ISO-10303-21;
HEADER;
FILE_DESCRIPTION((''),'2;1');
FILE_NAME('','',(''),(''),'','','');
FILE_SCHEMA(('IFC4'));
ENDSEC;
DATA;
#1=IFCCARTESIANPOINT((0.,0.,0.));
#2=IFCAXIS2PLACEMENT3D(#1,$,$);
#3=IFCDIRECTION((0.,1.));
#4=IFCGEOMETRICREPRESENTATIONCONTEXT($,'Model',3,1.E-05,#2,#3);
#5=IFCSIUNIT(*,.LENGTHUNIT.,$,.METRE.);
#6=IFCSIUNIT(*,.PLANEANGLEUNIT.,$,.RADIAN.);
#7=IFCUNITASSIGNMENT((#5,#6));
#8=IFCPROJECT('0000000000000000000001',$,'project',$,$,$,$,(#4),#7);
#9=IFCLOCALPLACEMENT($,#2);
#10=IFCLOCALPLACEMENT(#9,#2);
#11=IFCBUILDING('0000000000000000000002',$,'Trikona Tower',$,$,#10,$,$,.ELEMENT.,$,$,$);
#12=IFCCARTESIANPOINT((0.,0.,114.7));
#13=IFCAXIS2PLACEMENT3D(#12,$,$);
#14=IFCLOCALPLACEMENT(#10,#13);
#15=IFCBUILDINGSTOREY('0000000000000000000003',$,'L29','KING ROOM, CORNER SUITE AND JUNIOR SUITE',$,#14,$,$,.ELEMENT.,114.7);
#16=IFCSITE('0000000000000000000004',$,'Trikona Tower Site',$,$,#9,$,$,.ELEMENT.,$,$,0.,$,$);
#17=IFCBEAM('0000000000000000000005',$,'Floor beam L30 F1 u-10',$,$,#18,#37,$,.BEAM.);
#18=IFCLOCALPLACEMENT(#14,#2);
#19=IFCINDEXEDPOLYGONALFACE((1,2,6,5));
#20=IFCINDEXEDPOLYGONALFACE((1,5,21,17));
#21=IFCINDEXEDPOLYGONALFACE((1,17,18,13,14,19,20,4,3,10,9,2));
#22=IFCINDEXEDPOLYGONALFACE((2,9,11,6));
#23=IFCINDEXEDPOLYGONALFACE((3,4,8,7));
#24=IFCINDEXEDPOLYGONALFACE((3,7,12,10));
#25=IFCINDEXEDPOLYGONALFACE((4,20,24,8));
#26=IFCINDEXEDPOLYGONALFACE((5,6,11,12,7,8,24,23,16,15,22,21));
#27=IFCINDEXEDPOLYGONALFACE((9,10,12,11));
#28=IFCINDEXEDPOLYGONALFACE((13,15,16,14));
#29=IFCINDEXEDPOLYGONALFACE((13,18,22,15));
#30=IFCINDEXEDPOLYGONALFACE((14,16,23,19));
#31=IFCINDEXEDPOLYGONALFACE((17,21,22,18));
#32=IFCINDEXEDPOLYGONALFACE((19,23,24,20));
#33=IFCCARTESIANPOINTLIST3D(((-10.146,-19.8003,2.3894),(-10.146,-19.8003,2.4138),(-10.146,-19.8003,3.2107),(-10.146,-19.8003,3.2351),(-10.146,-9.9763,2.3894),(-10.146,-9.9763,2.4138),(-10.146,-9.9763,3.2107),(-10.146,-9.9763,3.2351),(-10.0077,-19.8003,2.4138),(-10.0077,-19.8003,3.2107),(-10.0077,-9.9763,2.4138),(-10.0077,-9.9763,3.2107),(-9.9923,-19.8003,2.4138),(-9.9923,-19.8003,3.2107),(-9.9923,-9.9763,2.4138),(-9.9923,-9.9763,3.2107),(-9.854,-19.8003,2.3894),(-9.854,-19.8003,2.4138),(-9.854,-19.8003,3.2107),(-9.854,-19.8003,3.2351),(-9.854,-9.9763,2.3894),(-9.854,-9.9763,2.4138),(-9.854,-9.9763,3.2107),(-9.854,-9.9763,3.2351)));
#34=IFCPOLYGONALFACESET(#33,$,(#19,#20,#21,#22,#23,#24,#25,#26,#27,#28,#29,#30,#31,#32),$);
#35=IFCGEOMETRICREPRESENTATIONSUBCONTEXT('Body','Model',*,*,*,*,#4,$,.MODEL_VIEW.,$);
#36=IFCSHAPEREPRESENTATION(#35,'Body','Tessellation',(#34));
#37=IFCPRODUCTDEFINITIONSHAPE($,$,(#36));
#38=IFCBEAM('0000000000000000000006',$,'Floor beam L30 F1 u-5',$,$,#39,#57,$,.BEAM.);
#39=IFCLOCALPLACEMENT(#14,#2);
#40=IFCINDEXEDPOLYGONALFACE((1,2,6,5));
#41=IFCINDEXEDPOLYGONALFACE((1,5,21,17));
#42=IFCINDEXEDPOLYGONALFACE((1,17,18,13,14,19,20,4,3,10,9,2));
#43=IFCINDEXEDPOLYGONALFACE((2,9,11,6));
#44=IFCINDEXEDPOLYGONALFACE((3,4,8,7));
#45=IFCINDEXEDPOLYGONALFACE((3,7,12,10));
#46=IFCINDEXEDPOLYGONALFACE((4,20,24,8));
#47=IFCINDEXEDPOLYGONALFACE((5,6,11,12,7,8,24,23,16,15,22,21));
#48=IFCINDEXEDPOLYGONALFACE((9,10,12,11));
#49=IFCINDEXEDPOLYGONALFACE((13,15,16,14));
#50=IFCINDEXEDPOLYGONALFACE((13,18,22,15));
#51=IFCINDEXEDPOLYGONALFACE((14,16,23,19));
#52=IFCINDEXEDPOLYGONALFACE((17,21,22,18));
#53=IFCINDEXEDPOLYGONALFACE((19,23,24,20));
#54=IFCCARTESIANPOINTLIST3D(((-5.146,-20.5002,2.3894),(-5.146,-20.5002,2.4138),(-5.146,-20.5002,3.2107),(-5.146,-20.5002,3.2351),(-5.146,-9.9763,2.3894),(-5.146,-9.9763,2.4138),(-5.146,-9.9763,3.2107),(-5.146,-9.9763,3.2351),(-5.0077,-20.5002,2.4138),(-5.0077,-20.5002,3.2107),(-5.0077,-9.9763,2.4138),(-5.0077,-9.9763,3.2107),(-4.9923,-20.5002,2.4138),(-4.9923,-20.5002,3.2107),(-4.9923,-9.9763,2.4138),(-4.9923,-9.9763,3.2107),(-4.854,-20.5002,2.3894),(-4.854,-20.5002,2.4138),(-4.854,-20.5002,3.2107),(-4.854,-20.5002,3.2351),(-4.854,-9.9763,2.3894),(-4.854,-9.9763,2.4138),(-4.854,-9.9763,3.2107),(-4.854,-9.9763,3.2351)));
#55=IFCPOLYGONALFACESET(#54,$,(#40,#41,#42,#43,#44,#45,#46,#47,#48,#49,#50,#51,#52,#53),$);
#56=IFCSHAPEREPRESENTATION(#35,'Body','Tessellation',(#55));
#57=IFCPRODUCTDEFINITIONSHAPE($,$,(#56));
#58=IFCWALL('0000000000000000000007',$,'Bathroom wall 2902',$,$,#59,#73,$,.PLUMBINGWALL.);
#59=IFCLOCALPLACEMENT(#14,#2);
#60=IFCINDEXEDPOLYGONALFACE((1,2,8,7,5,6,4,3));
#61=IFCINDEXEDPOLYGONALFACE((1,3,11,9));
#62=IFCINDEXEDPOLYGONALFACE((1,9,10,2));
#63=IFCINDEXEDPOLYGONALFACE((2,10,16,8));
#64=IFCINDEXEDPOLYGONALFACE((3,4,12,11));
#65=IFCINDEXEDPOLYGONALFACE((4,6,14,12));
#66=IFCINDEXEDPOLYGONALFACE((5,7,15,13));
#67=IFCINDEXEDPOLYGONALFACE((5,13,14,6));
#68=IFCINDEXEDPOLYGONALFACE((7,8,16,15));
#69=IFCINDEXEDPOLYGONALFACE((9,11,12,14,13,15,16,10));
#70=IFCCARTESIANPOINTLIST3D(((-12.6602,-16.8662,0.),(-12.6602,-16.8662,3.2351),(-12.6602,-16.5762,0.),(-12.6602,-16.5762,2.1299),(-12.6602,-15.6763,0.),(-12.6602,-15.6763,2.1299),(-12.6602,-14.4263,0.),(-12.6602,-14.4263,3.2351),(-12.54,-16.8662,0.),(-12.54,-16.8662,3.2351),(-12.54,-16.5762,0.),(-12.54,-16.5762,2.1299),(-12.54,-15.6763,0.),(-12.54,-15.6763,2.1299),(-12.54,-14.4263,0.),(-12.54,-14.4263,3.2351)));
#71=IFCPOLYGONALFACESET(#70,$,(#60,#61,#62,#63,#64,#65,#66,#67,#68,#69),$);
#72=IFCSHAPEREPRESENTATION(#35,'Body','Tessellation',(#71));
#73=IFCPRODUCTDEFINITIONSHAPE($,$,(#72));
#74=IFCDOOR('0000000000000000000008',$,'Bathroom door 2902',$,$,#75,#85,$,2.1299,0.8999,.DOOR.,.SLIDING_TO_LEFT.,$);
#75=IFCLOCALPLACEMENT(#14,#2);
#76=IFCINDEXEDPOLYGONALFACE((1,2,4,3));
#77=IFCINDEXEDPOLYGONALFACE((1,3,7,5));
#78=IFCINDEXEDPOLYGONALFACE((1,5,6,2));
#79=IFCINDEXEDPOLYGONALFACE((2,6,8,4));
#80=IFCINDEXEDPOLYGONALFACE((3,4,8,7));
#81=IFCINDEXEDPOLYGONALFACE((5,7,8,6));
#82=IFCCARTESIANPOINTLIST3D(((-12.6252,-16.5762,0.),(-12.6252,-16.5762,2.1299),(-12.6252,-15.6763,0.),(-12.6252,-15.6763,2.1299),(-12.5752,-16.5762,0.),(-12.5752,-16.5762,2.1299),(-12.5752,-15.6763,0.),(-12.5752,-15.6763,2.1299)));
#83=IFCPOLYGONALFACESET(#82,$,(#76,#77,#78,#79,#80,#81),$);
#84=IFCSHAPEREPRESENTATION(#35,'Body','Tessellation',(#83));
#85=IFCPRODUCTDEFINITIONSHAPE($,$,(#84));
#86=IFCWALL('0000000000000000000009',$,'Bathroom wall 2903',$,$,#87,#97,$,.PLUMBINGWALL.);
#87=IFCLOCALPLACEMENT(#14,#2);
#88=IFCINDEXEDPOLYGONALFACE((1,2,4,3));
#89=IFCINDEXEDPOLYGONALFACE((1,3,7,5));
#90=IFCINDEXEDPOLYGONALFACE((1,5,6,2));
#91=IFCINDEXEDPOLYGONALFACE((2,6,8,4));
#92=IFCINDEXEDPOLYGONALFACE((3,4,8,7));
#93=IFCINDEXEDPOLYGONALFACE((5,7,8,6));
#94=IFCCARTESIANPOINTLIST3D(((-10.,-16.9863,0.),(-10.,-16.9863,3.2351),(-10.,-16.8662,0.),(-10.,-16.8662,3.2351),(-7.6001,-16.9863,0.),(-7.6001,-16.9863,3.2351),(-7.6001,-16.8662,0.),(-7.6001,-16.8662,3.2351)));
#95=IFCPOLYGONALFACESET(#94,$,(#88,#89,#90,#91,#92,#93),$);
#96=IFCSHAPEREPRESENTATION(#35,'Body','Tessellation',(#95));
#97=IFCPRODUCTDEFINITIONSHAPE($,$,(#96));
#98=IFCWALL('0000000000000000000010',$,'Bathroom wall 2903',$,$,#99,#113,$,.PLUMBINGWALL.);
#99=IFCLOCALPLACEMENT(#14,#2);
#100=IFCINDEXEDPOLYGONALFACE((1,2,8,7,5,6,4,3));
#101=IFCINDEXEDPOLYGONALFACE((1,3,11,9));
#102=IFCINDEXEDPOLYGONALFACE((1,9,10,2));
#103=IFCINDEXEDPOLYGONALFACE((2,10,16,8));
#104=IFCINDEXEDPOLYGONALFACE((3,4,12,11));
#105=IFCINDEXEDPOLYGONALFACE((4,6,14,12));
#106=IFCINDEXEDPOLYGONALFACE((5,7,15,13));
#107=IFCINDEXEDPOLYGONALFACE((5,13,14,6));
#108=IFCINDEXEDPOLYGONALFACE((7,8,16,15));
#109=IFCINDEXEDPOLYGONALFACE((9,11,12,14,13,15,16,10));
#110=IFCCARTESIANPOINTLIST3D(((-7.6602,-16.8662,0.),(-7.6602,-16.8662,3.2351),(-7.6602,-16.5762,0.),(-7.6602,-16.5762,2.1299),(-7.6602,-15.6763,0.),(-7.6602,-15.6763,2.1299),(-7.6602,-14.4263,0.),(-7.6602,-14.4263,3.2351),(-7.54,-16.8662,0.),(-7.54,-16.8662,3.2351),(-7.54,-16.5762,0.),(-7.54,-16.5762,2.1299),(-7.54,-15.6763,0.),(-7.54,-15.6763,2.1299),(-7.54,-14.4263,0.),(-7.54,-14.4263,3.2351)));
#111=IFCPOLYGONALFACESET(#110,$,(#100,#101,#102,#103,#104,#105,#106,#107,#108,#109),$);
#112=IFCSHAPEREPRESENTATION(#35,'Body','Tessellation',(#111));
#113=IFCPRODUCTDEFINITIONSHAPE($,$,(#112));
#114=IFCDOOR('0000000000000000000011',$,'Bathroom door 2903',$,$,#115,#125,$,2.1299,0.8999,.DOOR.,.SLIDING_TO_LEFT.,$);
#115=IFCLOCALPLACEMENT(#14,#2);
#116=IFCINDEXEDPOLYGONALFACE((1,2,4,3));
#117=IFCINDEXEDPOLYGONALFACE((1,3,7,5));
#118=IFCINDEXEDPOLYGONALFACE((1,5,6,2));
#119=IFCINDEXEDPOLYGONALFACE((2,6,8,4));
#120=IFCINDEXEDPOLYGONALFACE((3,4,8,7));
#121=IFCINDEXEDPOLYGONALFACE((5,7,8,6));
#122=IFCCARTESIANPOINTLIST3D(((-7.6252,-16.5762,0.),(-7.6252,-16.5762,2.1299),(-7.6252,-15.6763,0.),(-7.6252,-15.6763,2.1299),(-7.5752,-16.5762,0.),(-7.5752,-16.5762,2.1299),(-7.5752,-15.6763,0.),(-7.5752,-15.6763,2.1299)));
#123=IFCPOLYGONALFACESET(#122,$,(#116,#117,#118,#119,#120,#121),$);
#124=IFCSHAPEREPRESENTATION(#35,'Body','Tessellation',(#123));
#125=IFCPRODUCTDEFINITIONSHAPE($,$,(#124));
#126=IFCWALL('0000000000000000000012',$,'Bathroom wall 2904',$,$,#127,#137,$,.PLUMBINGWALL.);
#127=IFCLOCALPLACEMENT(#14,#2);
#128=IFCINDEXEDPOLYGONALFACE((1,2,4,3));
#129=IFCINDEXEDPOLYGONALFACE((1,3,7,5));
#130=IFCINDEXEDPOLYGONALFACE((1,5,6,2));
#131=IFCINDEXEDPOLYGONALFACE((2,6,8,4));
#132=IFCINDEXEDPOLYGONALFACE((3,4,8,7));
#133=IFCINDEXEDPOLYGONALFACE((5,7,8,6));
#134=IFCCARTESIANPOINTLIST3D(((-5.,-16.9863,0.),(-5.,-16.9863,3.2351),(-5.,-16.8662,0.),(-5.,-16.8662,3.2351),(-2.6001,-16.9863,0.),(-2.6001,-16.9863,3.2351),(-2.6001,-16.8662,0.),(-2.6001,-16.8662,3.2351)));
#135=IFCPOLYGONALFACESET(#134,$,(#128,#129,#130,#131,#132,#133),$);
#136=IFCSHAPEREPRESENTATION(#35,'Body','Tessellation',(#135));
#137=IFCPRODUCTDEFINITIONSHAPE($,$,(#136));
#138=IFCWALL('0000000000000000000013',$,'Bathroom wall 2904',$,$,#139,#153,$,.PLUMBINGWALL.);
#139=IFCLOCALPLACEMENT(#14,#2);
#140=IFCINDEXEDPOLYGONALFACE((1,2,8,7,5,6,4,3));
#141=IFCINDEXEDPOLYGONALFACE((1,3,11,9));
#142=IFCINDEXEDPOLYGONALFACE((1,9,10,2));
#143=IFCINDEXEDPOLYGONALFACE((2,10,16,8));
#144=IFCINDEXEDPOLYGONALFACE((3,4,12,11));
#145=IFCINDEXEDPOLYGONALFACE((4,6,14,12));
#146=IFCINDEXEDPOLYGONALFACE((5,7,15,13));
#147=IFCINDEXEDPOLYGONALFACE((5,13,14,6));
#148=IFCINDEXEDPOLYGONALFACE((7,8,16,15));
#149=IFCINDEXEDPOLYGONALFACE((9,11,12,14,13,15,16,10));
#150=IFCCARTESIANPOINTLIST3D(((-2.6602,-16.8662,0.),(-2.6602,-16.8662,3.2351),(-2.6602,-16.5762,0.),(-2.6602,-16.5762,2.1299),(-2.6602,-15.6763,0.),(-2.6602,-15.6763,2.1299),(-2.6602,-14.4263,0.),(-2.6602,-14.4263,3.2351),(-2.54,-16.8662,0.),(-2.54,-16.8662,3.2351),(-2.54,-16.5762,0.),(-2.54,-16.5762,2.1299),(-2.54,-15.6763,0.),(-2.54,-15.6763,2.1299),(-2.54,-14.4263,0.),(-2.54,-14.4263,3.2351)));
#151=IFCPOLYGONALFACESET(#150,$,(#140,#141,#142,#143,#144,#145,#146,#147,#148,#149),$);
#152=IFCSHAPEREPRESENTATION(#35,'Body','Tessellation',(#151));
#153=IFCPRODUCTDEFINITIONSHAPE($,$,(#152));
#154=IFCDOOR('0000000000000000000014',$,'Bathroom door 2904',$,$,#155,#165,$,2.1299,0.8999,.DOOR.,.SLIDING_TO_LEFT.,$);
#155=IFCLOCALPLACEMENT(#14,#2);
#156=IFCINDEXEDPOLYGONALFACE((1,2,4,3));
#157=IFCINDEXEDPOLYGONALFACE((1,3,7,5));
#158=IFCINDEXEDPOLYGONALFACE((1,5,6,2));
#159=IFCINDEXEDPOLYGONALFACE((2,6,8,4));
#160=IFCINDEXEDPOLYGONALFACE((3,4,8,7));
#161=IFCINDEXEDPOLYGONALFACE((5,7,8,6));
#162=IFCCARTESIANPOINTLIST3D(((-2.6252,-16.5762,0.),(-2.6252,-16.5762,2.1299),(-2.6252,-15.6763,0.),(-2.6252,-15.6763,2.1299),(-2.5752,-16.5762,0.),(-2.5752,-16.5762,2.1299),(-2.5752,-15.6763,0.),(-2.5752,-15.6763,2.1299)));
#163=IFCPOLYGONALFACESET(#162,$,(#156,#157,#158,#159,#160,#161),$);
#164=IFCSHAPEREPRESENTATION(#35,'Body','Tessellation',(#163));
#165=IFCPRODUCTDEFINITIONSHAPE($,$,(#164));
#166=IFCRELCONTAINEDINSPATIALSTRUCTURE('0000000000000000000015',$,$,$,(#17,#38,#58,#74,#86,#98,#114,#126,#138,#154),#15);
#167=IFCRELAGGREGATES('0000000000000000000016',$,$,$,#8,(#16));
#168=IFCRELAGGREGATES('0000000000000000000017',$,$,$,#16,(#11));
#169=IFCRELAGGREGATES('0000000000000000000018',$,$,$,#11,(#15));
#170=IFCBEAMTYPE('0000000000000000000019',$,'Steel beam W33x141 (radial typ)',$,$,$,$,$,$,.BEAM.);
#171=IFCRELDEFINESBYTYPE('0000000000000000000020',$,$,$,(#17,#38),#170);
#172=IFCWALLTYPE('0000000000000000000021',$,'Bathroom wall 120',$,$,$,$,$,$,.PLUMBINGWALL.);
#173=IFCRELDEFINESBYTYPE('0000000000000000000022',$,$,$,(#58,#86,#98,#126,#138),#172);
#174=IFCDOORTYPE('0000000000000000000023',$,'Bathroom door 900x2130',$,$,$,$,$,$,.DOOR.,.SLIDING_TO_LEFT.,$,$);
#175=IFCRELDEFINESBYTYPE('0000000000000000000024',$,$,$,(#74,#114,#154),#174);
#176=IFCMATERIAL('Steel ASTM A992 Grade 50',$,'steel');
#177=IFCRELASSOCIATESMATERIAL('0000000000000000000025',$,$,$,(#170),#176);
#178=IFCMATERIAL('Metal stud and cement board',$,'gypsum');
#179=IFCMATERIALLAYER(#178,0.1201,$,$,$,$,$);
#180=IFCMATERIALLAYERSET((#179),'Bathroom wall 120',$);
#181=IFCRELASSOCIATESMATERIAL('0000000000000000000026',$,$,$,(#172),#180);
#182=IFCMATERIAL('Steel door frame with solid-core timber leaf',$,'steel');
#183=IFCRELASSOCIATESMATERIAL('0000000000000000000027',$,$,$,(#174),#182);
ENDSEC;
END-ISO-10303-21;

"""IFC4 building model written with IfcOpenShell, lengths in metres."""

from ifc_helpers import new_model, si_unit, direction, frame, frame_2d, origin, origin_2d, place, context, subcontext, project, spatial, rectangle, i_section, extrude, material, layer, layer_set, material_profile, profile_set, type_object, element, fill, save


model = new_model("IFC4")

# Units and contexts
model_context = context("Model", 3, precision=1e-05, world=origin(), true_north=direction((0.0, 1.0)))
body_context = subcontext(model_context, "Body", "Model", "MODEL_VIEW")
ifc_project = project(units=[si_unit("LENGTHUNIT", "METRE"), si_unit("PLANEANGLEUNIT", "RADIAN")], contexts=[model_context])

# Site, building, storey
site_placement = place(None, origin())
site = spatial("IfcSite", under=ifc_project, at=site_placement, Name="Trikona Tower Site", CompositionType="ELEMENT", RefElevation=0.0)
building_placement = place(site_placement, origin())
building = spatial("IfcBuilding", under=site, at=building_placement, Name="Trikona Tower", CompositionType="ELEMENT")
storey_placement = place(building_placement, frame((0.0, 0.0, 114.7)))
storey = spatial("IfcBuildingStorey", under=building, at=storey_placement, Name="L29", Description="KING ROOM, CORNER SUITE AND JUNIOR SUITE", CompositionType="ELEMENT", Elevation=114.7)

# Beams
ifc_material_1 = material(Name="Steel ASTM A992 Grade 50", Category="steel")
ifc_material_profile = material_profile(ifc_material_1, i_section(OverallWidth=0.292, OverallDepth=0.8457, WebThickness=0.0154, FlangeThickness=0.0244, at=origin_2d()), Name="W33X141")
ifc_profile_set = profile_set([ifc_material_profile], Name="Steel ASTM A992 Grade 50")
beam_type = type_object("IfcBeamType", Name="Steel beam W33x141 (radial typ)", PredefinedType="BEAM", material=ifc_profile_set)
beam_1_placement = place(storey_placement, frame((-10.0, -9.9763, 2.8123), z_axis=(0.0, -1.0, 0.0), x_axis=(1.0, 0.0, 0.0)))
element("IfcBeam", 1, at=beam_1_placement, inside=storey, type_object=beam_type, Name="Floor beam L30 F1 u-10", PredefinedType="BEAM", context=body_context, shape_type="SweptSolid", body=[
    extrude(i_section(OverallWidth=0.292, OverallDepth=0.8457, WebThickness=0.0154, FlangeThickness=0.0244, at=origin_2d()), origin(), (0.0, 0.0, 1.0), 9.824),
])
beam_2_placement = place(storey_placement, frame((-5.0, -9.9763, 2.8123), z_axis=(0.0, -1.0, 0.0), x_axis=(1.0, 0.0, 0.0)))
element("IfcBeam", 2, at=beam_2_placement, inside=storey, type_object=beam_type, Name="Floor beam L30 F1 u-5", PredefinedType="BEAM", context=body_context, shape_type="SweptSolid", body=[
    extrude(i_section(OverallWidth=0.292, OverallDepth=0.8457, WebThickness=0.0154, FlangeThickness=0.0244, at=origin_2d()), origin(), (0.0, 0.0, 1.0), 10.5239),
])

# Wall, opening, door
ifc_material_2 = material(Name="Metal stud and cement board", Category="gypsum")
ifc_layer_1 = layer(ifc_material_2, 0.1201)
ifc_layer_set_1 = layer_set([ifc_layer_1], Name="Bathroom wall 120")
wall_type_1 = type_object("IfcWallType", Name="Bathroom wall 120", PredefinedType="PLUMBINGWALL", material=ifc_layer_set_1)
wall_1_placement = place(storey_placement, frame((-12.6001, -14.4263, 0.0), z_axis=(0.0, 0.0, 1.0), x_axis=(0.0, -1.0, 0.0)))
wall_1 = element("IfcWall", 3, at=wall_1_placement, inside=storey, type_object=wall_type_1, Name="Bathroom wall 2902", PredefinedType="PLUMBINGWALL", context=body_context, shape_type="SweptSolid", body=[
    extrude(rectangle(XDim=2.4399, YDim=0.1201, at=frame_2d((1.22, 0.0))), origin(), (0.0, 0.0, 1.0), 3.2351),
])
opening_1_placement = place(wall_1_placement, frame((1.25, 0.0, 0.0)))
opening_1 = element("IfcOpeningElement", 4, at=opening_1_placement, cuts=wall_1, PredefinedType="OPENING", context=body_context, shape_type="SweptSolid", body=[
    extrude(rectangle(XDim=0.8999, YDim=2.1299, at=frame_2d((0.45, 1.0649))), frame((0.0, 0.0701, 0.0), z_axis=(0.0, -1.0, 0.0), x_axis=(1.0, 0.0, 0.0)), (0.0, 0.0, 1.0), 0.1401),
])
ifc_material_3 = material(Name="Steel door frame with solid-core timber leaf", Category="steel")
door_type_1 = type_object("IfcDoorType", Name="Bathroom door 900x2130", OperationType="SLIDING_TO_LEFT", PredefinedType="DOOR", material=ifc_material_3)
door_1_placement = place(opening_1_placement, origin())
door_1 = element("IfcDoor", 5, at=door_1_placement, inside=storey, type_object=door_type_1, Name="Bathroom door 2902", OperationType="SLIDING_TO_LEFT", OverallHeight=2.1299, OverallWidth=0.8999, PredefinedType="DOOR", context=body_context, shape_type="SweptSolid", body=[
    extrude(rectangle(XDim=0.8999, YDim=2.1299, at=frame_2d((0.45, 1.0649))), frame((0.0, 0.0249, 0.0), z_axis=(0.0, -1.0, 0.0), x_axis=(1.0, 0.0, 0.0)), (0.0, 0.0, 1.0), 0.05),
])
fill(opening_1, door_1)

# Wall
wall_2_placement = place(storey_placement, frame((-10.0, -16.9263, 0.0), z_axis=(0.0, 0.0, 1.0), x_axis=(1.0, 0.0, 0.0)))
element("IfcWall", 6, at=wall_2_placement, inside=storey, type_object=wall_type_1, Name="Bathroom wall 2903", PredefinedType="PLUMBINGWALL", context=body_context, shape_type="SweptSolid", body=[
    extrude(rectangle(XDim=2.3999, YDim=0.1201, at=frame_2d((1.2, 0.0))), origin(), (0.0, 0.0, 1.0), 3.2351),
])

# Wall, opening, door
wall_3_placement = place(storey_placement, frame((-7.6001, -14.4263, 0.0), z_axis=(0.0, 0.0, 1.0), x_axis=(0.0, -1.0, 0.0)))
wall_3 = element("IfcWall", 7, at=wall_3_placement, inside=storey, type_object=wall_type_1, Name="Bathroom wall 2903", PredefinedType="PLUMBINGWALL", context=body_context, shape_type="SweptSolid", body=[
    extrude(rectangle(XDim=2.4399, YDim=0.1201, at=frame_2d((1.22, 0.0))), origin(), (0.0, 0.0, 1.0), 3.2351),
])
opening_2_placement = place(wall_3_placement, frame((1.25, 0.0, 0.0)))
opening_2 = element("IfcOpeningElement", 8, at=opening_2_placement, cuts=wall_3, PredefinedType="OPENING", context=body_context, shape_type="SweptSolid", body=[
    extrude(rectangle(XDim=0.8999, YDim=2.1299, at=frame_2d((0.45, 1.0649))), frame((0.0, 0.0701, 0.0), z_axis=(0.0, -1.0, 0.0), x_axis=(1.0, 0.0, 0.0)), (0.0, 0.0, 1.0), 0.1401),
])
door_2_placement = place(opening_2_placement, origin())
door_2 = element("IfcDoor", 9, at=door_2_placement, inside=storey, type_object=door_type_1, Name="Bathroom door 2903", OperationType="SLIDING_TO_LEFT", OverallHeight=2.1299, OverallWidth=0.8999, PredefinedType="DOOR", context=body_context, shape_type="SweptSolid", body=[
    extrude(rectangle(XDim=0.8999, YDim=2.1299, at=frame_2d((0.45, 1.0649))), frame((0.0, 0.0249, 0.0), z_axis=(0.0, -1.0, 0.0), x_axis=(1.0, 0.0, 0.0)), (0.0, 0.0, 1.0), 0.05),
])
fill(opening_2, door_2)

# Wall
wall_4_placement = place(storey_placement, frame((-5.0, -16.9263, 0.0), z_axis=(0.0, 0.0, 1.0), x_axis=(1.0, 0.0, 0.0)))
element("IfcWall", 10, at=wall_4_placement, inside=storey, type_object=wall_type_1, Name="Bathroom wall 2904", PredefinedType="PLUMBINGWALL", context=body_context, shape_type="SweptSolid", body=[
    extrude(rectangle(XDim=2.3999, YDim=0.1201, at=frame_2d((1.2, 0.0))), origin(), (0.0, 0.0, 1.0), 3.2351),
])

# Wall, opening, door
wall_5_placement = place(storey_placement, frame((-2.6001, -14.4263, 0.0), z_axis=(0.0, 0.0, 1.0), x_axis=(0.0, -1.0, 0.0)))
wall_5 = element("IfcWall", 11, at=wall_5_placement, inside=storey, type_object=wall_type_1, Name="Bathroom wall 2904", PredefinedType="PLUMBINGWALL", context=body_context, shape_type="SweptSolid", body=[
    extrude(rectangle(XDim=2.4399, YDim=0.1201, at=frame_2d((1.22, 0.0))), origin(), (0.0, 0.0, 1.0), 3.2351),
])
opening_3_placement = place(wall_5_placement, frame((1.25, 0.0, 0.0)))
opening_3 = element("IfcOpeningElement", 12, at=opening_3_placement, cuts=wall_5, PredefinedType="OPENING", context=body_context, shape_type="SweptSolid", body=[
    extrude(rectangle(XDim=0.8999, YDim=2.1299, at=frame_2d((0.45, 1.0649))), frame((0.0, 0.0701, 0.0), z_axis=(0.0, -1.0, 0.0), x_axis=(1.0, 0.0, 0.0)), (0.0, 0.0, 1.0), 0.1401),
])
door_3_placement = place(opening_3_placement, origin())
door_3 = element("IfcDoor", 13, at=door_3_placement, inside=storey, type_object=door_type_1, Name="Bathroom door 2904", OperationType="SLIDING_TO_LEFT", OverallHeight=2.1299, OverallWidth=0.8999, PredefinedType="DOOR", context=body_context, shape_type="SweptSolid", body=[
    extrude(rectangle(XDim=0.8999, YDim=2.1299, at=frame_2d((0.45, 1.0649))), frame((0.0, 0.0249, 0.0), z_axis=(0.0, -1.0, 0.0), x_axis=(1.0, 0.0, 0.0)), (0.0, 0.0, 1.0), 0.05),
])
fill(opening_3, door_3)

save(model, "model.ifc")
